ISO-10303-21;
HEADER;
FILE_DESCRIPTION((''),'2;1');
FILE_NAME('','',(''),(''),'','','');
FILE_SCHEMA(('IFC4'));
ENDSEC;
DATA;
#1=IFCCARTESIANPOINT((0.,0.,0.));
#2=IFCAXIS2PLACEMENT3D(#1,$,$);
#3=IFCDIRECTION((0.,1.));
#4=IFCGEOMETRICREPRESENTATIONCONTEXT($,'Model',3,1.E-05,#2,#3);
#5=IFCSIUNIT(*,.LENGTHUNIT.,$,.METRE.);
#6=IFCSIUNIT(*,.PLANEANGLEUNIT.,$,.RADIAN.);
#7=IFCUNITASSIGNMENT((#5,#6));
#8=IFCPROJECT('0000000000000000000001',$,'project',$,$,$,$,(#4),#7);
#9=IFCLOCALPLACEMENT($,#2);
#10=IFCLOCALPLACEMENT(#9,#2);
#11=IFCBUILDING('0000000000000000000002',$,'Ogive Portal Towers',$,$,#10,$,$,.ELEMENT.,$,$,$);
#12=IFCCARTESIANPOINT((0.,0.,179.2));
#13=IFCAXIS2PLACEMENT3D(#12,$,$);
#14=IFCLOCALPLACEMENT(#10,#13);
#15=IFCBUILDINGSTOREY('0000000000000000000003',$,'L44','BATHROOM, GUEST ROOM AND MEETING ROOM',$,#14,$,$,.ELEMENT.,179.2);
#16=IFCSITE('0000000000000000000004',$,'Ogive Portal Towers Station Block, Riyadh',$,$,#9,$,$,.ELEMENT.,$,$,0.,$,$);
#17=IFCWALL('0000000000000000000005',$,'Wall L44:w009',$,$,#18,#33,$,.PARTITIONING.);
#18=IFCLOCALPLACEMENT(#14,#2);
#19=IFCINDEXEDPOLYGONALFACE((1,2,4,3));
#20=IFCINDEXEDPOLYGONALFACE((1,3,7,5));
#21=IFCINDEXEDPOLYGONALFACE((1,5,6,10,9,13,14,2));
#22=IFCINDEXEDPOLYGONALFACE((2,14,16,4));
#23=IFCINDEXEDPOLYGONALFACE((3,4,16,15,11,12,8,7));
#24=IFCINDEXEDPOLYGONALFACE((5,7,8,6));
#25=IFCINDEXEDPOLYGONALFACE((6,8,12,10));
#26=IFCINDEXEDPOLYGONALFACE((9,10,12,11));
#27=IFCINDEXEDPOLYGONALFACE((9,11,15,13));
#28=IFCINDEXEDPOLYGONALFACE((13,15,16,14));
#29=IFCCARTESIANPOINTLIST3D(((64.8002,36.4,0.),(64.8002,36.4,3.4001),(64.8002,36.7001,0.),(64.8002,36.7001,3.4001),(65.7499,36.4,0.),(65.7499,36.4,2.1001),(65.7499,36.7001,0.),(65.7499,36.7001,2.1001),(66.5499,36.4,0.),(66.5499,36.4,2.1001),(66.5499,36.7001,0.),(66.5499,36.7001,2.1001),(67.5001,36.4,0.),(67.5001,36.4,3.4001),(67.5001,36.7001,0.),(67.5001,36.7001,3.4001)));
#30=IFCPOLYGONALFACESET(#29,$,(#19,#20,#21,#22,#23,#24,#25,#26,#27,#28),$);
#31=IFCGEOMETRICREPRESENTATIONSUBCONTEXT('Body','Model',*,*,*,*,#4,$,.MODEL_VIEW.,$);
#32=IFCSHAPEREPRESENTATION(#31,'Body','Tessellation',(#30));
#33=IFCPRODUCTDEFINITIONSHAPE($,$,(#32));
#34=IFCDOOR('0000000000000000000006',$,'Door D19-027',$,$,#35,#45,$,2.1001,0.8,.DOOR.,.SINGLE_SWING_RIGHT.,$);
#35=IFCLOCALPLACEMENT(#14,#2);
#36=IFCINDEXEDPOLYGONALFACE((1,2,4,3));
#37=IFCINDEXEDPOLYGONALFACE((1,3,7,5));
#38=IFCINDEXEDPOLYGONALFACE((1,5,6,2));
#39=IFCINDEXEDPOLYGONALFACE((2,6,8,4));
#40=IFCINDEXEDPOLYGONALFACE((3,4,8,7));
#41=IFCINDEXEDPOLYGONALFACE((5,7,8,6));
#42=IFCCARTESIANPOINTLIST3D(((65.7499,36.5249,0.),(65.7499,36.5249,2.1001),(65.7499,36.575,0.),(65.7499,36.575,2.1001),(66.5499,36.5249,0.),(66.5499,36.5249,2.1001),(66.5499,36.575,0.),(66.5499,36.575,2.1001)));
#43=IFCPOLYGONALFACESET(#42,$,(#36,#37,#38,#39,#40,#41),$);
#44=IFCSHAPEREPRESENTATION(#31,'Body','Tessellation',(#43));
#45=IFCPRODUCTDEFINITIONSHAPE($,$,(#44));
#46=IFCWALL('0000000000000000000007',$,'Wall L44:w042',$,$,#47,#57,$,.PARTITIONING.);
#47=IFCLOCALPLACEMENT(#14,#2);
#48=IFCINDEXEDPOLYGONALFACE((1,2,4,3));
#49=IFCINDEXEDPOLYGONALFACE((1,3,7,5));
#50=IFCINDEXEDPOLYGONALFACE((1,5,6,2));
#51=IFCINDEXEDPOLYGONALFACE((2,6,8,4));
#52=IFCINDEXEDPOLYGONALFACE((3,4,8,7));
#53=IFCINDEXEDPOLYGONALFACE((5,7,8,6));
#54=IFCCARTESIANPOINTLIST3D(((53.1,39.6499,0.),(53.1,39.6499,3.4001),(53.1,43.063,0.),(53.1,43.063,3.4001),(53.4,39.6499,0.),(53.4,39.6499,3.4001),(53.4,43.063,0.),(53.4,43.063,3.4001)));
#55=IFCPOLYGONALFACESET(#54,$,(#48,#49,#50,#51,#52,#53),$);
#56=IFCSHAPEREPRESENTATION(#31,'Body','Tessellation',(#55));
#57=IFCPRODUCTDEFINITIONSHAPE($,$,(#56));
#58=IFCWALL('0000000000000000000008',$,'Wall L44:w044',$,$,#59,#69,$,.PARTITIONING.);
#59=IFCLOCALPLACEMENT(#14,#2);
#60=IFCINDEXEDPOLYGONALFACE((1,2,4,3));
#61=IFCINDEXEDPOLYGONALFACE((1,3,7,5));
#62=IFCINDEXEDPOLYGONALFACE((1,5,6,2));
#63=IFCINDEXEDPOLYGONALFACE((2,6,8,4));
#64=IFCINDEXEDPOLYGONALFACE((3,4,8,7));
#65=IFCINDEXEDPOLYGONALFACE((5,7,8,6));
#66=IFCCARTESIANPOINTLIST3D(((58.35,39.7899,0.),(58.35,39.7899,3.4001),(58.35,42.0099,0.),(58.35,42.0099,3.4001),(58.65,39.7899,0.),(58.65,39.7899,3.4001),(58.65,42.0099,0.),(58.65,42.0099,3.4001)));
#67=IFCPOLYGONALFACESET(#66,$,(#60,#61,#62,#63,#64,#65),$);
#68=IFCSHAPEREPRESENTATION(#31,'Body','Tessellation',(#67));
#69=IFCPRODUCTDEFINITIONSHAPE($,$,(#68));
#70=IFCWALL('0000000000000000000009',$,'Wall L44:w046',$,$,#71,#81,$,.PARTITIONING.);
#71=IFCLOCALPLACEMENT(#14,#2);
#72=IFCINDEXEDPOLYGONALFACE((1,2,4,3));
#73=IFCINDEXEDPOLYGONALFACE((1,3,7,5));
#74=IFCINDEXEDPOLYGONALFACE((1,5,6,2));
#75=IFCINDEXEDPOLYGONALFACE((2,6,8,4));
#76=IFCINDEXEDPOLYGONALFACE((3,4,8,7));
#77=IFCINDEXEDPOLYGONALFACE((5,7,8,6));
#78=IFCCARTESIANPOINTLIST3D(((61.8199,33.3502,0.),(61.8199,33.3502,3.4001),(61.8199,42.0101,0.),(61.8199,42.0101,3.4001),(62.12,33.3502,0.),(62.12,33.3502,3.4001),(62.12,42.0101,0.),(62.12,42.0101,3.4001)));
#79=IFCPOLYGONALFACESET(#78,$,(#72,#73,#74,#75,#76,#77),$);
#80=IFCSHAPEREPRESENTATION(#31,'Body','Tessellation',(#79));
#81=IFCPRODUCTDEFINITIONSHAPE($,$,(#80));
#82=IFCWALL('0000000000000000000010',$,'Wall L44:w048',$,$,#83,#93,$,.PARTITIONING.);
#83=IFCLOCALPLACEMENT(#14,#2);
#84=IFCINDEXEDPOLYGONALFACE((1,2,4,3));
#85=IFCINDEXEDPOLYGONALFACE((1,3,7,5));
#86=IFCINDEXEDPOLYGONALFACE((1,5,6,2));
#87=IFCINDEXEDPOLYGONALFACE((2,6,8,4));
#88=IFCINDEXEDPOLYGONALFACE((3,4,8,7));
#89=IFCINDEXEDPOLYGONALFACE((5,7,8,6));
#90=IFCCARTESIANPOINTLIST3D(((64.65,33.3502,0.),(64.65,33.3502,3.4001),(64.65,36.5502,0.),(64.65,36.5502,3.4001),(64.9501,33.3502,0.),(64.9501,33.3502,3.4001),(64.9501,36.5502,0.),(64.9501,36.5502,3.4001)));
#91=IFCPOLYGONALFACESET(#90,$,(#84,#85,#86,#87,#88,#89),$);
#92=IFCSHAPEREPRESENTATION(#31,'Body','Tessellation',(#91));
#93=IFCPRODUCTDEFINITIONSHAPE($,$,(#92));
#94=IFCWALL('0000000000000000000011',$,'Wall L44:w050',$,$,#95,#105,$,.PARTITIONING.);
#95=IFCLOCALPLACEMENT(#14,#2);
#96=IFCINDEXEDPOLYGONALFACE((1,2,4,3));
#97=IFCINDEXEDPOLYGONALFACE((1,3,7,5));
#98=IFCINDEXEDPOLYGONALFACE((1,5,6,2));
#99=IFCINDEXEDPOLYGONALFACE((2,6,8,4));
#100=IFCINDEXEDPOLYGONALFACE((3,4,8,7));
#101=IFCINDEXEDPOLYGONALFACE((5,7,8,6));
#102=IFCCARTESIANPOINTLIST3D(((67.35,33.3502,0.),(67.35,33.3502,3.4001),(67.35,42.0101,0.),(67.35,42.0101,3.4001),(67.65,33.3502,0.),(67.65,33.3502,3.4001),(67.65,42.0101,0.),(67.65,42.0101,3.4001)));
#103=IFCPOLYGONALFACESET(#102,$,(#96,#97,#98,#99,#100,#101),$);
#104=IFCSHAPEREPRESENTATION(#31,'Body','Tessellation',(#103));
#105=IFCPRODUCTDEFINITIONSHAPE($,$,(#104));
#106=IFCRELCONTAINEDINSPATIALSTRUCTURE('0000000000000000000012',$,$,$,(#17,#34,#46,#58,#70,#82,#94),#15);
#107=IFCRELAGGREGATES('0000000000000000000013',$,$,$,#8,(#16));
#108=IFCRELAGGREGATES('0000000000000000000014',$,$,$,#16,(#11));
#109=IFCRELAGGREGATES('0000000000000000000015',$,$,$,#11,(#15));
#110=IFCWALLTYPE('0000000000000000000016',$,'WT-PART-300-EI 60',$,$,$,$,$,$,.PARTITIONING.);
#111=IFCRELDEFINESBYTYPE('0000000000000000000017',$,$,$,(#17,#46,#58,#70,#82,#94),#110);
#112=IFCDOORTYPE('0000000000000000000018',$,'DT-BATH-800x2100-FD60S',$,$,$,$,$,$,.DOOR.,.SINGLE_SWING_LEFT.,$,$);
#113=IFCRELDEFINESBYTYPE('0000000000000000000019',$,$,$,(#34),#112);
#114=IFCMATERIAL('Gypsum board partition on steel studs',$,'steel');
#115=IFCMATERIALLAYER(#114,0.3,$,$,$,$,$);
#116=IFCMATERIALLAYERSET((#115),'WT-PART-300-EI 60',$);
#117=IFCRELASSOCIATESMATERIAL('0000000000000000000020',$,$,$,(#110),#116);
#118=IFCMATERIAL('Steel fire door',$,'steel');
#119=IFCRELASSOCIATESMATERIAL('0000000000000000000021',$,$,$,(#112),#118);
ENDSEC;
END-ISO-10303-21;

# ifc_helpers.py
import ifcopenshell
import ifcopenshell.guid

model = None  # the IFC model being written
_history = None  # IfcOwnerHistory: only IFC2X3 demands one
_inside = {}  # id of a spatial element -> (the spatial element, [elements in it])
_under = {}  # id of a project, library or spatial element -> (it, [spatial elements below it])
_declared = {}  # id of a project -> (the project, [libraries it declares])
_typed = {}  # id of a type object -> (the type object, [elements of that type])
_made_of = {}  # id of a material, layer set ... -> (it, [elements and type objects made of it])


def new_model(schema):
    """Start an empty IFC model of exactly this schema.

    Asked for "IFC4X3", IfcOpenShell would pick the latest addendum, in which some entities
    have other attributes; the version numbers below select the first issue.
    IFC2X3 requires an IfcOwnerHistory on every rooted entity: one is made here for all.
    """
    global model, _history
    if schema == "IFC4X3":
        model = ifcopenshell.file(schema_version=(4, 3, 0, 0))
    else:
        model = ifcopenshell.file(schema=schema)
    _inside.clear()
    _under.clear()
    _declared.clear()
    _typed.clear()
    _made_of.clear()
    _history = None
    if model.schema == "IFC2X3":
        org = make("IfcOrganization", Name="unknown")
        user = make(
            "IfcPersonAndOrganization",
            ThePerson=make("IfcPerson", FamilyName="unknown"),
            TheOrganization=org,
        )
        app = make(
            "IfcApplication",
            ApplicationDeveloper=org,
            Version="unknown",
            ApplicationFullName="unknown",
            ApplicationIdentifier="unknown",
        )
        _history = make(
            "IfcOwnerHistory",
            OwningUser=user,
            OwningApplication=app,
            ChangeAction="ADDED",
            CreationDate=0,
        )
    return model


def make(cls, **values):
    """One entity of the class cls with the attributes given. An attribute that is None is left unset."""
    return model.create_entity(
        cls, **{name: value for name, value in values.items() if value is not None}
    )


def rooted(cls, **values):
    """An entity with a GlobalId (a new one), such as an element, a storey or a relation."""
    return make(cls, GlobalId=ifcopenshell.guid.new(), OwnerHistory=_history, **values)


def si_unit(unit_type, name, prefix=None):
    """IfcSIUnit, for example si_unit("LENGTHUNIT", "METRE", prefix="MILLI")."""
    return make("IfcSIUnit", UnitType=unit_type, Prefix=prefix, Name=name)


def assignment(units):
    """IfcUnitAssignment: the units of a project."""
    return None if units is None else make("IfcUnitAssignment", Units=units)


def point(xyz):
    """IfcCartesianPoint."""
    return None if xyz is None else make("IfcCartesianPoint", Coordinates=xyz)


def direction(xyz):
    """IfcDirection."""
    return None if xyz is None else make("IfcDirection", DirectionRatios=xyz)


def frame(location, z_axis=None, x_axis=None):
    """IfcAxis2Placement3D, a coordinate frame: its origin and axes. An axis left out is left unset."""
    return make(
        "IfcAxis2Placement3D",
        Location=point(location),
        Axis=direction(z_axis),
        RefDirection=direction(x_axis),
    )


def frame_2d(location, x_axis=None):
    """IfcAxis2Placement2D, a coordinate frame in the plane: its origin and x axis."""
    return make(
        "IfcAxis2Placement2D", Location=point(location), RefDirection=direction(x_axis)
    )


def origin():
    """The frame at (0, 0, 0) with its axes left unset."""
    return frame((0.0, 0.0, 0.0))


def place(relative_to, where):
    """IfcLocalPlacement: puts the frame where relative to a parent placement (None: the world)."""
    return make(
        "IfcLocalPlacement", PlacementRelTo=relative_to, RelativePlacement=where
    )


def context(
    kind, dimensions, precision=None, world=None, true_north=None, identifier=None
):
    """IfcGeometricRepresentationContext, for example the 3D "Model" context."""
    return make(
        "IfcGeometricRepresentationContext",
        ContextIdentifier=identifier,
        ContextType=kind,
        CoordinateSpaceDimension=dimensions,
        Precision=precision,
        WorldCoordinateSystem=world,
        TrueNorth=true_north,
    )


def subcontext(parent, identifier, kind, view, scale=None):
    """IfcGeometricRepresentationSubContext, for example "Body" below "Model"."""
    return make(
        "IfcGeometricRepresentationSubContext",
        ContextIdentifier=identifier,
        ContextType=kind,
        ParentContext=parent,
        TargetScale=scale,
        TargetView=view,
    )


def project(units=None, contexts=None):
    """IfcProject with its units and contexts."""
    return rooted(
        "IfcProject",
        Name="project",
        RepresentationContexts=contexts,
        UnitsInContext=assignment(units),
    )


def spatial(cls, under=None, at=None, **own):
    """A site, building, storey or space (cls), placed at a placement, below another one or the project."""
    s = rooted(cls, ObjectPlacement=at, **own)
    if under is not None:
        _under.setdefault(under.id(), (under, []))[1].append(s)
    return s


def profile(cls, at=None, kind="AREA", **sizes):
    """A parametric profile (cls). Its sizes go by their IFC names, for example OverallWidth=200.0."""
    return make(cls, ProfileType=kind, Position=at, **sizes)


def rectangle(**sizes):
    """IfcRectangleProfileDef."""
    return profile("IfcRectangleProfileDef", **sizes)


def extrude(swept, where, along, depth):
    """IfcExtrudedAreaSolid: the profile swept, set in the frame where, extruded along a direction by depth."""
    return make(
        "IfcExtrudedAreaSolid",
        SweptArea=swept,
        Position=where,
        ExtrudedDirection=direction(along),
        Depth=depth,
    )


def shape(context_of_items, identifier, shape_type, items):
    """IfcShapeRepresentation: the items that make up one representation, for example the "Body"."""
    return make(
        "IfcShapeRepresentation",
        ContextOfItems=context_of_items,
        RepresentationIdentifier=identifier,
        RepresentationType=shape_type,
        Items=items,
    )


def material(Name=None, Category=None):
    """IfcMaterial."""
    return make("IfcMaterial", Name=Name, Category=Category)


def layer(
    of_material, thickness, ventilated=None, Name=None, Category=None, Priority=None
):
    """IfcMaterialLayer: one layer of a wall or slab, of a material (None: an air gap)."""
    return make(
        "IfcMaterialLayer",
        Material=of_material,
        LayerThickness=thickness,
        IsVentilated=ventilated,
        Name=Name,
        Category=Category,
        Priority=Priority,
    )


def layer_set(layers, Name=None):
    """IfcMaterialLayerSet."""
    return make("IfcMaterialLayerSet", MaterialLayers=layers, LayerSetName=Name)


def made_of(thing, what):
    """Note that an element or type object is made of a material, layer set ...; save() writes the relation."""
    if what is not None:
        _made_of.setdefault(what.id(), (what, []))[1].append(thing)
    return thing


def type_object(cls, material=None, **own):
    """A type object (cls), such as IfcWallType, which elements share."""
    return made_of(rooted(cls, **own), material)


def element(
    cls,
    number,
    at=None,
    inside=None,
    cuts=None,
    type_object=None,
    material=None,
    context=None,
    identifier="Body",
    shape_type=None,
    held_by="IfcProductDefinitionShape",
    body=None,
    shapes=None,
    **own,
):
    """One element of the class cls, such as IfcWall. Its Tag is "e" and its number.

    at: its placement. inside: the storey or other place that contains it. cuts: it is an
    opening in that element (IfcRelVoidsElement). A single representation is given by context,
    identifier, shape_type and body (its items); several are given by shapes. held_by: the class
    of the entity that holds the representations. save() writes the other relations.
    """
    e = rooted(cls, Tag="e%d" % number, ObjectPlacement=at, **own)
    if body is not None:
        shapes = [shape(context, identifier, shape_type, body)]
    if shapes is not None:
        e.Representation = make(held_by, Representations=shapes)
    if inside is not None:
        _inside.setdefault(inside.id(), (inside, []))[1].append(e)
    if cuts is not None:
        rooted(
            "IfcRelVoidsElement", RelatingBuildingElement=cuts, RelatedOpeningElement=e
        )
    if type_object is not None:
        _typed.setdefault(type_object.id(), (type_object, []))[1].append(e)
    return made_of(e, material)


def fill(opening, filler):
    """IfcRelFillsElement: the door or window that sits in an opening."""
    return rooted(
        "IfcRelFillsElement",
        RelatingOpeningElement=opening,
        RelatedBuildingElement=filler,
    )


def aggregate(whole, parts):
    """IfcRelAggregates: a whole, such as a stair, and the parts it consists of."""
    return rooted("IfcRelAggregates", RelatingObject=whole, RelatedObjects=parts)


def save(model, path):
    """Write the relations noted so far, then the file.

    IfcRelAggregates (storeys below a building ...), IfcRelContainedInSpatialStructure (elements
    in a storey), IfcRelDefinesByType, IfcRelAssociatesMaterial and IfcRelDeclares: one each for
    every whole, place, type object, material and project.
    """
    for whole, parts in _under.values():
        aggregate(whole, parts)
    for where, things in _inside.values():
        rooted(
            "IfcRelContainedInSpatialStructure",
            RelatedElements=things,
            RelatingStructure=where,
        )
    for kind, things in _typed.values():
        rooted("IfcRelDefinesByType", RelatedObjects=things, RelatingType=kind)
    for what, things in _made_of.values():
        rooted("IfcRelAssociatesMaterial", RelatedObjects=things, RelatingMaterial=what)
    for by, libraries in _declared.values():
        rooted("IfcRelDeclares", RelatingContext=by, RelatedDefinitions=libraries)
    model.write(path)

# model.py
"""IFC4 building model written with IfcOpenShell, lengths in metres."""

from ifc_helpers import new_model, si_unit, direction, frame, frame_2d, origin, place, context, subcontext, project, spatial, rectangle, extrude, material, layer, layer_set, type_object, element, fill, save


model = new_model("IFC4")

# Units and contexts
model_context = context("Model", 3, precision=1e-05, world=origin(), true_north=direction((0.0, 1.0)))
body_context = subcontext(model_context, "Body", "Model", "MODEL_VIEW")
ifc_project = project(units=[si_unit("LENGTHUNIT", "METRE"), si_unit("PLANEANGLEUNIT", "RADIAN")], contexts=[model_context])

# Site, building, storey
site_placement = place(None, origin())
site = spatial("IfcSite", under=ifc_project, at=site_placement, Name="Ogive Portal Towers Station Block, Riyadh", CompositionType="ELEMENT", RefElevation=0.0)
building_placement = place(site_placement, origin())
building = spatial("IfcBuilding", under=site, at=building_placement, Name="Ogive Portal Towers", CompositionType="ELEMENT")
storey_placement = place(building_placement, frame((0.0, 0.0, 179.2)))
storey = spatial("IfcBuildingStorey", under=building, at=storey_placement, Name="L44", Description="BATHROOM, GUEST ROOM AND MEETING ROOM", CompositionType="ELEMENT", Elevation=179.2)

# Shared definitions
ifc_material_1 = material(Name="Gypsum board partition on steel studs", Category="steel")
ifc_material_2 = material(Name="Steel fire door", Category="steel")

# Wall, opening, door
ifc_layer_1 = layer(ifc_material_1, 0.3)
ifc_layer_set_1 = layer_set([ifc_layer_1], Name="WT-PART-300-EI 60")
wall_type_1 = type_object("IfcWallType", Name="WT-PART-300-EI 60", PredefinedType="PARTITIONING", material=ifc_layer_set_1)
wall_1_placement = place(storey_placement, frame((64.8, 36.55, 0.0), z_axis=(0.0, 0.0, 1.0), x_axis=(1.0, 0.0, 0.0)))
wall_1 = element("IfcWall", 1, at=wall_1_placement, inside=storey, type_object=wall_type_1, Name="Wall L44:w009", PredefinedType="PARTITIONING", context=body_context, shape_type="SweptSolid", body=[
    extrude(rectangle(XDim=2.7, YDim=0.3, at=frame_2d((1.3501, 0.0))), origin(), (0.0, 0.0, 1.0), 3.4001),
])
opening_1_placement = place(wall_1_placement, frame((0.95, 0.0, 0.0)))
opening_1 = element("IfcOpeningElement", 2, at=opening_1_placement, cuts=wall_1, PredefinedType="OPENING", context=body_context, shape_type="SweptSolid", body=[
    extrude(rectangle(XDim=0.8, YDim=2.1001, at=frame_2d((0.3999, 1.05))), frame((0.0, 0.1602, 0.0), z_axis=(0.0, -1.0, 0.0), x_axis=(1.0, 0.0, 0.0)), (0.0, 0.0, 1.0), 0.3201),
])
door_type_1 = type_object("IfcDoorType", Name="DT-BATH-800x2100-FD60S", OperationType="SINGLE_SWING_LEFT", PredefinedType="DOOR", material=ifc_material_2)
door_1_placement = place(opening_1_placement, origin())
door_1 = element("IfcDoor", 3, at=door_1_placement, inside=storey, type_object=door_type_1, Name="Door D19-027", OperationType="SINGLE_SWING_RIGHT", OverallHeight=2.1001, OverallWidth=0.8, PredefinedType="DOOR", context=body_context, shape_type="SweptSolid", body=[
    extrude(rectangle(XDim=0.8, YDim=2.1001, at=frame_2d((0.3999, 1.05))), frame((0.0, 0.0249, 0.0), z_axis=(0.0, -1.0, 0.0), x_axis=(1.0, 0.0, 0.0)), (0.0, 0.0, 1.0), 0.05),
])
fill(opening_1, door_1)

# Walls
wall_2_placement = place(storey_placement, frame((53.25, 39.6499, 0.0), z_axis=(0.0, 0.0, 1.0), x_axis=(0.0, 1.0, 0.0)))
element("IfcWall", 4, at=wall_2_placement, inside=storey, type_object=wall_type_1, Name="Wall L44:w042", PredefinedType="PARTITIONING", context=body_context, shape_type="SweptSolid", body=[
    extrude(rectangle(XDim=3.4131, YDim=0.3, at=frame_2d((1.7065, 0.0))), origin(), (0.0, 0.0, 1.0), 3.4001),
])
wall_3_placement = place(storey_placement, frame((58.5, 39.79, 0.0), z_axis=(0.0, 0.0, 1.0), x_axis=(0.0, 1.0, 0.0)))
element("IfcWall", 5, at=wall_3_placement, inside=storey, type_object=wall_type_1, Name="Wall L44:w044", PredefinedType="PARTITIONING", context=body_context, shape_type="SweptSolid", body=[
    extrude(rectangle(XDim=2.22, YDim=0.3, at=frame_2d((1.1099, 0.0))), origin(), (0.0, 0.0, 1.0), 3.4001),
])
wall_4_placement = place(storey_placement, frame((61.97, 33.3501, 0.0), z_axis=(0.0, 0.0, 1.0), x_axis=(0.0, 1.0, 0.0)))
element("IfcWall", 6, at=wall_4_placement, inside=storey, type_object=wall_type_1, Name="Wall L44:w046", PredefinedType="PARTITIONING", context=body_context, shape_type="SweptSolid", body=[
    extrude(rectangle(XDim=8.6599, YDim=0.3, at=frame_2d((4.3301, 0.0))), origin(), (0.0, 0.0, 1.0), 3.4001),
])
wall_5_placement = place(storey_placement, frame((64.8, 33.3501, 0.0), z_axis=(0.0, 0.0, 1.0), x_axis=(0.0, 1.0, 0.0)))
element("IfcWall", 7, at=wall_5_placement, inside=storey, type_object=wall_type_1, Name="Wall L44:w048", PredefinedType="PARTITIONING", context=body_context, shape_type="SweptSolid", body=[
    extrude(rectangle(XDim=3.2, YDim=0.3, at=frame_2d((1.6001, 0.0))), origin(), (0.0, 0.0, 1.0), 3.4001),
])
wall_6_placement = place(storey_placement, frame((67.5, 33.3501, 0.0), z_axis=(0.0, 0.0, 1.0), x_axis=(0.0, 1.0, 0.0)))
element("IfcWall", 8, at=wall_6_placement, inside=storey, type_object=wall_type_1, Name="Wall L44:w050", PredefinedType="PARTITIONING", context=body_context, shape_type="SweptSolid", body=[
    extrude(rectangle(XDim=8.6599, YDim=0.3, at=frame_2d((4.3301, 0.0))), origin(), (0.0, 0.0, 1.0), 3.4001),
])

save(model, "model.ifc")
